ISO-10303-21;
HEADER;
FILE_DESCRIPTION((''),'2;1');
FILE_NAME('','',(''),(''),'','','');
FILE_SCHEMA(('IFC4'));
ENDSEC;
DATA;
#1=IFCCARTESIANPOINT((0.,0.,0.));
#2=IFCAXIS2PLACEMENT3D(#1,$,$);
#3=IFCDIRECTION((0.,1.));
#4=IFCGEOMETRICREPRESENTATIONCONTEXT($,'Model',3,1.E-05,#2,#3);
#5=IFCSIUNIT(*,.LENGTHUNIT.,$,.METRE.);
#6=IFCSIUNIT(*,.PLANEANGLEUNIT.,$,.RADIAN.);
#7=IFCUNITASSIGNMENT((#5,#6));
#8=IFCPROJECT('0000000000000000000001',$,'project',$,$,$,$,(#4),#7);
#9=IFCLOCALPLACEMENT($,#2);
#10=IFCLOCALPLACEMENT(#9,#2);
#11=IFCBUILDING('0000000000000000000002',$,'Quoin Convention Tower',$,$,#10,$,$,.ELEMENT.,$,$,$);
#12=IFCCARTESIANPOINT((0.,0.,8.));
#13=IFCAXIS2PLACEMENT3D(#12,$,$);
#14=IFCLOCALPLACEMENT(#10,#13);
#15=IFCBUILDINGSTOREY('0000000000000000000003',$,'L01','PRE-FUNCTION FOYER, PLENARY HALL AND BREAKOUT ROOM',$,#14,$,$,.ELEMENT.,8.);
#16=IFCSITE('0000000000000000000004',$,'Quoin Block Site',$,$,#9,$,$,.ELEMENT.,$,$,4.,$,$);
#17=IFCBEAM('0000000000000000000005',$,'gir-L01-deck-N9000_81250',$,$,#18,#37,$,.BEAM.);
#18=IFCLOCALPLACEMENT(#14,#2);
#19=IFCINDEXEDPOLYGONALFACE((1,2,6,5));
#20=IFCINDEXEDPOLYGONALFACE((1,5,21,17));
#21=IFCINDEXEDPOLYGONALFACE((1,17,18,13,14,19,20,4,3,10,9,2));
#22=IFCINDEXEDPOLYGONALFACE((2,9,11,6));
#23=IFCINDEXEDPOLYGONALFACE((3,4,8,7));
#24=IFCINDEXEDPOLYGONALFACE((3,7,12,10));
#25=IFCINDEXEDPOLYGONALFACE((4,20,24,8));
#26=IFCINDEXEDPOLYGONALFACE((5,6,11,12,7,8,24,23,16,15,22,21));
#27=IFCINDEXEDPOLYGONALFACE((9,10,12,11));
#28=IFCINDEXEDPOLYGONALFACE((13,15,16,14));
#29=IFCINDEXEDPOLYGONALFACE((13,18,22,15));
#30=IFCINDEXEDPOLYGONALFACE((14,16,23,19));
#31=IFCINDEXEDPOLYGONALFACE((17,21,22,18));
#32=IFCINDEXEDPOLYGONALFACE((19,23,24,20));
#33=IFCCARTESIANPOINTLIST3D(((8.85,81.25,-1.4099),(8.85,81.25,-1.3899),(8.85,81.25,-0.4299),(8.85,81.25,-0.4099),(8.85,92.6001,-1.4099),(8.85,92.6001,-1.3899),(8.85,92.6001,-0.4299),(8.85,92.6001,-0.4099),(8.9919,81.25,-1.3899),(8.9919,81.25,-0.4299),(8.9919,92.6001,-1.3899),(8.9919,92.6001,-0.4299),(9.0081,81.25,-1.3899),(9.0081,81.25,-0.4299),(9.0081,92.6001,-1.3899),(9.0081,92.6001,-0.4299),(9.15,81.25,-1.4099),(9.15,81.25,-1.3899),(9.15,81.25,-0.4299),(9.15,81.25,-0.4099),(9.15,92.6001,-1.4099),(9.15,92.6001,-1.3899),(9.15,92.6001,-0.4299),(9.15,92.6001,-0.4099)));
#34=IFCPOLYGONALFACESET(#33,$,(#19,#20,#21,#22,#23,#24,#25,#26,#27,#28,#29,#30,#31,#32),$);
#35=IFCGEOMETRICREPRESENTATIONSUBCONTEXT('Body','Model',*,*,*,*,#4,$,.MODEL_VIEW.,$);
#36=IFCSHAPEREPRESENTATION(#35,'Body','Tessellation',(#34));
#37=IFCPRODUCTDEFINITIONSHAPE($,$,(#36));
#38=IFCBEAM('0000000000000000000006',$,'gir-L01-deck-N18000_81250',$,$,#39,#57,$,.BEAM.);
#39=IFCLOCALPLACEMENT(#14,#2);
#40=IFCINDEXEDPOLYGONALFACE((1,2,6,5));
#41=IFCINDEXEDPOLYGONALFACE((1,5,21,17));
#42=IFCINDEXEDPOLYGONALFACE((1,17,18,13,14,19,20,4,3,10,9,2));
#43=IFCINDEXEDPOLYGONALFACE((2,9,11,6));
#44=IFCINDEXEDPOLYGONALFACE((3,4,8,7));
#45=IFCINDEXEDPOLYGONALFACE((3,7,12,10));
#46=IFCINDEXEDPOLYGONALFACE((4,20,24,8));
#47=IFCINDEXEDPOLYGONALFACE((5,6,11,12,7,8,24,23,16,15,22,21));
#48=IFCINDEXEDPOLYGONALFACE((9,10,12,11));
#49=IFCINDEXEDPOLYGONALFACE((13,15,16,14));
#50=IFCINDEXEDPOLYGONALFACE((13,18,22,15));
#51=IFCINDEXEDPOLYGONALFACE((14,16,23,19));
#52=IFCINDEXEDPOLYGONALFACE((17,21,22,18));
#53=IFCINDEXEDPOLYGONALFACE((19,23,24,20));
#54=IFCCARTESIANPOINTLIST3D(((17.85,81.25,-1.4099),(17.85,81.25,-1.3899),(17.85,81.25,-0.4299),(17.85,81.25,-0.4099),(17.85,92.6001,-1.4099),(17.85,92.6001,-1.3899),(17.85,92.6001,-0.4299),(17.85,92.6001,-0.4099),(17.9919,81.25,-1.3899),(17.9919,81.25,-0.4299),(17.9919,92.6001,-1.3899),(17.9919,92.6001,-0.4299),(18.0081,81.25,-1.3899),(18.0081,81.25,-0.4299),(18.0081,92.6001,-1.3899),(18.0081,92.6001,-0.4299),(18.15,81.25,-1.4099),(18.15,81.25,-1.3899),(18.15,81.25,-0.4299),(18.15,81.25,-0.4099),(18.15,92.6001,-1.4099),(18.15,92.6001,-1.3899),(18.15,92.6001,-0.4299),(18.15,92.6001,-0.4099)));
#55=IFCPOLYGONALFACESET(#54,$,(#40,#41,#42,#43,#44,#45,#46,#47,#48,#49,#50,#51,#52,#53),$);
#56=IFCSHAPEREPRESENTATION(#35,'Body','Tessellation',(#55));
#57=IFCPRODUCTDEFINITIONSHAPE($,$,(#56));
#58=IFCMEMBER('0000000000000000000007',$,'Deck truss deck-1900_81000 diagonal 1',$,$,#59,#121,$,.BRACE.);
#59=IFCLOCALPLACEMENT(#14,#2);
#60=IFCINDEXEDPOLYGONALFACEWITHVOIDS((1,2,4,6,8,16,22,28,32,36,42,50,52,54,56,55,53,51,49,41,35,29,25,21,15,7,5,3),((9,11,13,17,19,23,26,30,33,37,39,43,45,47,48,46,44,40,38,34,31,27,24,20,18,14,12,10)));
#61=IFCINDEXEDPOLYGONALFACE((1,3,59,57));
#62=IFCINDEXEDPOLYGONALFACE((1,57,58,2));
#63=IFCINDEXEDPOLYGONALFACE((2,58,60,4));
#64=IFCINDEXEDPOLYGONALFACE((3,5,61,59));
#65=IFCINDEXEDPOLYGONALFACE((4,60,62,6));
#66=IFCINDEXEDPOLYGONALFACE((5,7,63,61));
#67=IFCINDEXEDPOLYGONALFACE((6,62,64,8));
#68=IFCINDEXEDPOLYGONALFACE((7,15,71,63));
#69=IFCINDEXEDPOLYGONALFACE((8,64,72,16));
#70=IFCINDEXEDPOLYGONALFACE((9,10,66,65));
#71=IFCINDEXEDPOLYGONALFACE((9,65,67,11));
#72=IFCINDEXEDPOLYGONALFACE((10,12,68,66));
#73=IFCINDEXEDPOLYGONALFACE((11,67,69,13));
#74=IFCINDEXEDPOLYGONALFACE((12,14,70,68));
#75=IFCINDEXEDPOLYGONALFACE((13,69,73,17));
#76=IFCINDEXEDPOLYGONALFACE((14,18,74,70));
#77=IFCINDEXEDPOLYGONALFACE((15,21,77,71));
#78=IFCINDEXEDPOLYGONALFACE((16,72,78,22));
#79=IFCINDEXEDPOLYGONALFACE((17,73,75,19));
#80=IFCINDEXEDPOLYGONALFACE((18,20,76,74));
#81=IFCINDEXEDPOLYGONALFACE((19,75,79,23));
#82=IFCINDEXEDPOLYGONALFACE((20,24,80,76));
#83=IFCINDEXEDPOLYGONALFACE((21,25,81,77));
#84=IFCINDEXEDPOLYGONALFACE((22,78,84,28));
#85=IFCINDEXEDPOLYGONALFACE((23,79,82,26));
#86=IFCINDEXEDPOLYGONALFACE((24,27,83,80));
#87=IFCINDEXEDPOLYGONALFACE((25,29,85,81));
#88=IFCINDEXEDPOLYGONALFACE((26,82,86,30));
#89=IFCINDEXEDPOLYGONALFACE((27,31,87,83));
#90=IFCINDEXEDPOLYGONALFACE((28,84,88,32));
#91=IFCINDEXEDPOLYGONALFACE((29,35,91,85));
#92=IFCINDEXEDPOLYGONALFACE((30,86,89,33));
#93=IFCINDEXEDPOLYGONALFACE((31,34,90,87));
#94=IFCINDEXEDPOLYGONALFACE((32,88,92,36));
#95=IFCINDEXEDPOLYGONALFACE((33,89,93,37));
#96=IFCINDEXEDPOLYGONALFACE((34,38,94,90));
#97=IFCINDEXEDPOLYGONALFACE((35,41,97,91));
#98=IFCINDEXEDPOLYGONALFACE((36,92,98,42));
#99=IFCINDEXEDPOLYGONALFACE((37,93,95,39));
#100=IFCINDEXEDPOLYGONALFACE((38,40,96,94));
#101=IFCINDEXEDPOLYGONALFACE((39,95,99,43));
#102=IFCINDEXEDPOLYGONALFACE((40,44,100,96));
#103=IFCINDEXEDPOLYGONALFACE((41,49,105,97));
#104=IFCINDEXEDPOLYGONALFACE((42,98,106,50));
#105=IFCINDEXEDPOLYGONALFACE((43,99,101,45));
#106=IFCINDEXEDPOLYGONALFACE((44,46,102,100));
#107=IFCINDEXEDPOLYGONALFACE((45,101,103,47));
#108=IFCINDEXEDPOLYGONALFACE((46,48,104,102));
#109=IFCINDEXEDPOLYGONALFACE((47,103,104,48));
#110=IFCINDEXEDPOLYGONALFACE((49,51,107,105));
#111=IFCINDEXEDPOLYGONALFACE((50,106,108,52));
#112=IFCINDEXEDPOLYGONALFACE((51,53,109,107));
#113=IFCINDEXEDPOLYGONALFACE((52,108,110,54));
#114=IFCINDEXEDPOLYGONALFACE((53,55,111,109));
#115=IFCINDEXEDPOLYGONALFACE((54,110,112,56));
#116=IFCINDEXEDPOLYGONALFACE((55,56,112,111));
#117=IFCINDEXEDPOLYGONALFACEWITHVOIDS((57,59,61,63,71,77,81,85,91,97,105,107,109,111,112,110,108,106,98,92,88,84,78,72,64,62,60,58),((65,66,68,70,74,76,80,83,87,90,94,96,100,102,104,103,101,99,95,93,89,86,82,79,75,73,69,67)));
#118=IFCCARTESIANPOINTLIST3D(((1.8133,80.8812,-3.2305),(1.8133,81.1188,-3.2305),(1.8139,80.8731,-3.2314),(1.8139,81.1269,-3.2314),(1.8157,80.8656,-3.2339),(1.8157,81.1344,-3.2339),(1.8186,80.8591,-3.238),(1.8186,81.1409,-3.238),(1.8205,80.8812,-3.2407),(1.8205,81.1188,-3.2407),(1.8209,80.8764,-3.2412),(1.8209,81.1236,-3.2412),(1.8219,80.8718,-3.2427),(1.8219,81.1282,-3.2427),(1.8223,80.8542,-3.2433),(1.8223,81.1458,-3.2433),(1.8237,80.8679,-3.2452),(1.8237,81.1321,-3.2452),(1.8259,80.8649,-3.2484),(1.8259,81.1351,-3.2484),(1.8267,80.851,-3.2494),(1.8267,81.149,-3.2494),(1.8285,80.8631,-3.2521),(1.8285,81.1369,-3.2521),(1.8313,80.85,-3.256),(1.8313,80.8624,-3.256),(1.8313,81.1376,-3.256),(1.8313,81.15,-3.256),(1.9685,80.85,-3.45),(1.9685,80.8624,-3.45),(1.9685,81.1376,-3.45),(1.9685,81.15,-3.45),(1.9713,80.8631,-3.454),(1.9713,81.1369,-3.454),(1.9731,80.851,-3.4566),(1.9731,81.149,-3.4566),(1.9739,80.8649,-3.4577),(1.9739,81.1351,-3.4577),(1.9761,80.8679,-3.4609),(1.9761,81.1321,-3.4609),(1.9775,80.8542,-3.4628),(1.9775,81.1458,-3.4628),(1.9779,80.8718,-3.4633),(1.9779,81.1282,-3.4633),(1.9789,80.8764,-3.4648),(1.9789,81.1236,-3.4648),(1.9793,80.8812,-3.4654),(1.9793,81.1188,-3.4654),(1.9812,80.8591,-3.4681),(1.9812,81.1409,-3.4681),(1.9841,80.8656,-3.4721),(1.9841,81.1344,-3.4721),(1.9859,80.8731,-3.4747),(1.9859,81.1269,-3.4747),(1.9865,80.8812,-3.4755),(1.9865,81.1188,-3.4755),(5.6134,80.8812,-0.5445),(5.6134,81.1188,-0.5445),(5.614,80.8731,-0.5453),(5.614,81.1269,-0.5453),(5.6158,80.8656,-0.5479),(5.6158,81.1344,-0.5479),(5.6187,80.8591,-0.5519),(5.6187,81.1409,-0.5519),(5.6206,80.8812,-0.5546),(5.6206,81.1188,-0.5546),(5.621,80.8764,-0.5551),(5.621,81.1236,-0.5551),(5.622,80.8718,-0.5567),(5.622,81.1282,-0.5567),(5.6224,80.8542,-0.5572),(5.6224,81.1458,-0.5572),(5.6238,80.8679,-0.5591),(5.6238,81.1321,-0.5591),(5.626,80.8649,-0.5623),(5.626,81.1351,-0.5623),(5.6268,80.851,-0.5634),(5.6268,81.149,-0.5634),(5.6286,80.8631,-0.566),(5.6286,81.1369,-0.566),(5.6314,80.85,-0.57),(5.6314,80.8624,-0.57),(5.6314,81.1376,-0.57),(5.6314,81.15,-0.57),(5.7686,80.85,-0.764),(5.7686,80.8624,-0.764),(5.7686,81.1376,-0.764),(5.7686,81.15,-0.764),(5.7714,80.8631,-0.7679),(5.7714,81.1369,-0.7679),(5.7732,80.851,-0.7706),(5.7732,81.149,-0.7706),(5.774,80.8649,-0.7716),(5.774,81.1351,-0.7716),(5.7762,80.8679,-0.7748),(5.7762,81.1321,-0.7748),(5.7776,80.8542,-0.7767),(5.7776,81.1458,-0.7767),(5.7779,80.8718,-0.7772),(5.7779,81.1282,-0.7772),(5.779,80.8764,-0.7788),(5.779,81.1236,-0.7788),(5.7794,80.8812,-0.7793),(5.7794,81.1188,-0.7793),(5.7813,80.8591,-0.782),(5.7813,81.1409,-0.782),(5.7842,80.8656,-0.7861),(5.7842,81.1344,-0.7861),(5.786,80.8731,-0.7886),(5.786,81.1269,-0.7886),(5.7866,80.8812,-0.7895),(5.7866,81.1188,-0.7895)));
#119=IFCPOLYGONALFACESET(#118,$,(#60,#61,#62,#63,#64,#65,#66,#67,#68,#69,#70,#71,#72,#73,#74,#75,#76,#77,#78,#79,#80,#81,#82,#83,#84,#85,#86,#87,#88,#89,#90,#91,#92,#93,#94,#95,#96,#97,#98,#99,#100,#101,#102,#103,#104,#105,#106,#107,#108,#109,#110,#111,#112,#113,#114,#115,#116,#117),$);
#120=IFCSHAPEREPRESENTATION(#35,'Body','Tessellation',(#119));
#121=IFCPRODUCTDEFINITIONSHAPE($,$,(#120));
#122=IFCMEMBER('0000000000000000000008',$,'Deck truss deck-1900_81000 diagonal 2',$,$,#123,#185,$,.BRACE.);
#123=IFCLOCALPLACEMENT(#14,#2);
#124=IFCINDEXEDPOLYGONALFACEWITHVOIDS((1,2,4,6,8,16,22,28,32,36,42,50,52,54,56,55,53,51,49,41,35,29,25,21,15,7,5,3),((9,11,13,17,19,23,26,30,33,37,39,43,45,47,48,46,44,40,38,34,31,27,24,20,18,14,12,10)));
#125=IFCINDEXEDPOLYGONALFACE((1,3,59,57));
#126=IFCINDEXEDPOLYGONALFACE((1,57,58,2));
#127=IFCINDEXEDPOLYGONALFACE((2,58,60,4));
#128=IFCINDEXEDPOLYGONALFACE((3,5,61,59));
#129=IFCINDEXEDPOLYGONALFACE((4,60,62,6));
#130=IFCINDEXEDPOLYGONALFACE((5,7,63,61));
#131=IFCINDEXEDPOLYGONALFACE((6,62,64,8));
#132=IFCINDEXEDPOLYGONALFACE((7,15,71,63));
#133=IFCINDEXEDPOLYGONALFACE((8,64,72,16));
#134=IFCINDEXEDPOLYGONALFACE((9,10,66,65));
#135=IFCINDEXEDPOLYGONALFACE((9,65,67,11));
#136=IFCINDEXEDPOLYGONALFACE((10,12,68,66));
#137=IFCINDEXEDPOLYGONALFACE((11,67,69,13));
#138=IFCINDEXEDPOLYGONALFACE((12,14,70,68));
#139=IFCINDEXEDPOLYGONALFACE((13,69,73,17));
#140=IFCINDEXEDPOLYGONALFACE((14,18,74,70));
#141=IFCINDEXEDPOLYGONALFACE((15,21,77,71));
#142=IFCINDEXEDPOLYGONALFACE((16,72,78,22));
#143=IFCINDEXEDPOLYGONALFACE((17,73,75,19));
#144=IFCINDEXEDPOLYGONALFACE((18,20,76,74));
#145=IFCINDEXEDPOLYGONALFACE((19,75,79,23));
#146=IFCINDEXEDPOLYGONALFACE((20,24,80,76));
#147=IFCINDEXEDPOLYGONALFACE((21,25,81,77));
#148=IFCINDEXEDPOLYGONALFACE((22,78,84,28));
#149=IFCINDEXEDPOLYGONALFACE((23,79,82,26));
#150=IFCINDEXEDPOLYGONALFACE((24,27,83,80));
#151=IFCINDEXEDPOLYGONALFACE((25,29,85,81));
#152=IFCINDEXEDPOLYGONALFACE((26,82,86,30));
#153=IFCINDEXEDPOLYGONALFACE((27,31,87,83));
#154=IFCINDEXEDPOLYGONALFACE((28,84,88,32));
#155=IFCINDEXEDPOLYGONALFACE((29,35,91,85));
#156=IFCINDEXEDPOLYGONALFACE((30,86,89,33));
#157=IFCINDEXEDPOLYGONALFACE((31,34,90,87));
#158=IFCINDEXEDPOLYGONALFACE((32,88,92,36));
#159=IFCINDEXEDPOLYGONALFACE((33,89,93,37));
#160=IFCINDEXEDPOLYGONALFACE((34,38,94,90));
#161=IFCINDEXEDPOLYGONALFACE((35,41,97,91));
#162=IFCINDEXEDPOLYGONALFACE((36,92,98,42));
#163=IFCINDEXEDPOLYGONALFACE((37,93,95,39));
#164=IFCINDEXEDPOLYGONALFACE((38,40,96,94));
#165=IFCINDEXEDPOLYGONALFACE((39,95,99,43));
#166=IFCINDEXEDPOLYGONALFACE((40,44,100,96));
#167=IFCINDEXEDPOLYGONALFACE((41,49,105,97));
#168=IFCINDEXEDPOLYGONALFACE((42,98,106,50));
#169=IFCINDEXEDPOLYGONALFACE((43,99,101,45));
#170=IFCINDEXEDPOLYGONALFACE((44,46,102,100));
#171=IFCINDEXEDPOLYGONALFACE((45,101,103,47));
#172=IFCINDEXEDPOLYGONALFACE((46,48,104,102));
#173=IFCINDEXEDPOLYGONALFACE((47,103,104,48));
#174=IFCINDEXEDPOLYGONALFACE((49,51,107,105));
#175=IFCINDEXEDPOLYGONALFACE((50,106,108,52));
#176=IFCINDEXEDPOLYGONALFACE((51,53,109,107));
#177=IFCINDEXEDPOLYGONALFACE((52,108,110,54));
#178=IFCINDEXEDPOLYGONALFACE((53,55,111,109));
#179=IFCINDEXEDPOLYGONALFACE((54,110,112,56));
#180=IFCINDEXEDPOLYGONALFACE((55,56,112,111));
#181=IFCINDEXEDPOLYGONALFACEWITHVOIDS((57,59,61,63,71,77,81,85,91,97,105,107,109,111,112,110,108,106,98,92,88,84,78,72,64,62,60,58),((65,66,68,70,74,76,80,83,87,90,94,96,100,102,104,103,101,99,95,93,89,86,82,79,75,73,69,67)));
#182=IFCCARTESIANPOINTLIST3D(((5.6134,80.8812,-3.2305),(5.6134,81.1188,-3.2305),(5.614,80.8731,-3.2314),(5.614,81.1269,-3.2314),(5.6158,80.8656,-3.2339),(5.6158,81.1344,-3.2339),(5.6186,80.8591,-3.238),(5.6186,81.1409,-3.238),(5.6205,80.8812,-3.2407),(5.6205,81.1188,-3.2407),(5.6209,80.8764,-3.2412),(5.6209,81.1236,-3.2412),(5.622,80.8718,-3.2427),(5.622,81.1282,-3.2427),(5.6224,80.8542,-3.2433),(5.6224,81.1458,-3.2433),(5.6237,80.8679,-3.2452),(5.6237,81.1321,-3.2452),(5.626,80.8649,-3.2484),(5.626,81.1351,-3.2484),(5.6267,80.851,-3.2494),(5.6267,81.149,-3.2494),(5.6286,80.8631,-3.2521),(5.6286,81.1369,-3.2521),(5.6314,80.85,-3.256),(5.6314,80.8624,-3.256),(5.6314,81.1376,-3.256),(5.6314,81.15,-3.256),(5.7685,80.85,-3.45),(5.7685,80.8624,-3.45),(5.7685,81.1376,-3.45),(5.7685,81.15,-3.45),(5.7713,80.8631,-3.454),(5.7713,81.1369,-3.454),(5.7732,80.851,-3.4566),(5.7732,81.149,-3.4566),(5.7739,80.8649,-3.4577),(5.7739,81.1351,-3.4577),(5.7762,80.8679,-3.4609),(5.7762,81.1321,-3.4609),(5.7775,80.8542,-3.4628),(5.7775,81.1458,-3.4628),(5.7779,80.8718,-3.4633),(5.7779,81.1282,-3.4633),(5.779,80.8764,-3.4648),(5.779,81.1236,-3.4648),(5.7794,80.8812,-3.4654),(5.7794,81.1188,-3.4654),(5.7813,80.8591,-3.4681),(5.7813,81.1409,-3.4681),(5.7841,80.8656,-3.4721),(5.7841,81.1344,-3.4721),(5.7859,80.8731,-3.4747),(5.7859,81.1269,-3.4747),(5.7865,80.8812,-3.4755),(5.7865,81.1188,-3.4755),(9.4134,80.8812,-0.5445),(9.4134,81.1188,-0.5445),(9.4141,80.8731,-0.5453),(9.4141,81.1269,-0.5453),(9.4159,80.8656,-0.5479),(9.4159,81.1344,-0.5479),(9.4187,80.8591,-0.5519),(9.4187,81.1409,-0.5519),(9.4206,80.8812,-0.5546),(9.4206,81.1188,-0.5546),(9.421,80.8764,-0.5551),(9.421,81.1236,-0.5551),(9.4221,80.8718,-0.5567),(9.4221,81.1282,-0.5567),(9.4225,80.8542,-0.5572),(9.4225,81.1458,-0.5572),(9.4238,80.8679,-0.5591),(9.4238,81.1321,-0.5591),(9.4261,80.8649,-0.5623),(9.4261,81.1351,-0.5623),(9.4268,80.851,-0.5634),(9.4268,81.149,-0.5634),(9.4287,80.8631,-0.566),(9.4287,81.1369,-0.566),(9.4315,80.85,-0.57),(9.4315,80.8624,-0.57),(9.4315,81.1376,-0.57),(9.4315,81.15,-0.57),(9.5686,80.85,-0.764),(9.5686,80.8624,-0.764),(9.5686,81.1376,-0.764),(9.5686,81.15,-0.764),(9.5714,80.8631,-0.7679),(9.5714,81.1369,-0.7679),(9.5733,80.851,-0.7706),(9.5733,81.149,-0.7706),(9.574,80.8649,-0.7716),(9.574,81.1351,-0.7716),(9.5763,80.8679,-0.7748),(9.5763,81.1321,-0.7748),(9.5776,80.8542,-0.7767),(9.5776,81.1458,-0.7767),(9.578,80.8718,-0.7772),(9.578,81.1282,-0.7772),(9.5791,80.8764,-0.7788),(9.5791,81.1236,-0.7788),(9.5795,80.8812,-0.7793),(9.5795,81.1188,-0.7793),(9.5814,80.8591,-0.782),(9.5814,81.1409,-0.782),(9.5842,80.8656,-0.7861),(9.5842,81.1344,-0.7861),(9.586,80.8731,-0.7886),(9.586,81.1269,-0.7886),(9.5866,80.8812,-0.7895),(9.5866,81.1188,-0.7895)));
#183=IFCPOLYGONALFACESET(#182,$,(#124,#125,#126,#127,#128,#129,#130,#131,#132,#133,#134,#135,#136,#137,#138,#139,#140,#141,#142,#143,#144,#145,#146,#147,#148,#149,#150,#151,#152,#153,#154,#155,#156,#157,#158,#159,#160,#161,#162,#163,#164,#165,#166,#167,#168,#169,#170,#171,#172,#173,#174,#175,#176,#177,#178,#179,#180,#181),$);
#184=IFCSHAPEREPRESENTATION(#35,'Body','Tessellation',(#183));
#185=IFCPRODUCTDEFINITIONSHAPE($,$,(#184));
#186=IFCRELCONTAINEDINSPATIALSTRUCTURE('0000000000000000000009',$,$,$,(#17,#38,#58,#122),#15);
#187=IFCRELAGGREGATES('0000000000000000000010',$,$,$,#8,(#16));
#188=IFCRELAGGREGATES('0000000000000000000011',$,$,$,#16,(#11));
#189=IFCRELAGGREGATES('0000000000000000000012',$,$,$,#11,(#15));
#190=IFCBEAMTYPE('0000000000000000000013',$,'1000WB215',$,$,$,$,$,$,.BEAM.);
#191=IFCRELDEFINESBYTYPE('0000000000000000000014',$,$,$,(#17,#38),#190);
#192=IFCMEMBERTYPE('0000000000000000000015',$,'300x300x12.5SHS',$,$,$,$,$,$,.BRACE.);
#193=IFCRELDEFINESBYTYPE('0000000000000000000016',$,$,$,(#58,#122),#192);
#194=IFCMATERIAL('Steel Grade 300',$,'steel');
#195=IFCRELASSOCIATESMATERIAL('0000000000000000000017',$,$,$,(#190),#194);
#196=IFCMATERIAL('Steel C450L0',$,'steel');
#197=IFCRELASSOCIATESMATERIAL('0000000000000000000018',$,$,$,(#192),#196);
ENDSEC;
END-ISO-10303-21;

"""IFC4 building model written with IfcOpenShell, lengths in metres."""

from ifc_helpers import new_model, si_unit, direction, frame, origin, origin_2d, place, context, subcontext, project, spatial, hollow_rectangle, i_section, extrude, material, material_profile, profile_set, type_object, element, save


model = new_model("IFC4")

# Units and contexts
model_context = context("Model", 3, precision=1e-05, world=origin(), true_north=direction((0.0, 1.0)))
body_context = subcontext(model_context, "Body", "Model", "MODEL_VIEW")
ifc_project = project(units=[si_unit("LENGTHUNIT", "METRE"), si_unit("PLANEANGLEUNIT", "RADIAN")], contexts=[model_context])

# Site, building, storey
site_placement = place(None, origin())
site = spatial("IfcSite", under=ifc_project, at=site_placement, Name="Quoin Block Site", CompositionType="ELEMENT", RefElevation=4.0)
building_placement = place(site_placement, origin())
building = spatial("IfcBuilding", under=site, at=building_placement, Name="Quoin Convention Tower", CompositionType="ELEMENT")
storey_placement = place(building_placement, frame((0.0, 0.0, 8.0)))
storey = spatial("IfcBuildingStorey", under=building, at=storey_placement, Name="L01", Description="PRE-FUNCTION FOYER, PLENARY HALL AND BREAKOUT ROOM", CompositionType="ELEMENT", Elevation=8.0)

# Beams
ifc_material_1 = material(Name="Steel Grade 300", Category="steel")
ifc_material_profile_1 = material_profile(ifc_material_1, i_section(OverallWidth=0.3, OverallDepth=1.0, WebThickness=0.0161, FlangeThickness=0.02, at=origin_2d()), Name="1000WB215")
ifc_profile_set_1 = profile_set([ifc_material_profile_1], Name="Steel Grade 300")
beam_type_1 = type_object("IfcBeamType", Name="1000WB215", PredefinedType="BEAM", material=ifc_profile_set_1)
for number, where, z_axis, x_axis, name in (
    (1, (9.0, 81.25, -0.9099), (0.0, 1.0, 0.0), (-1.0, 0.0, 0.0), "gir-L01-deck-N9000_81250"),
    (2, (18.0, 81.25, -0.9099), (0.0, 1.0, 0.0), (-1.0, 0.0, 0.0), "gir-L01-deck-N18000_81250"),
):
    element("IfcBeam", number, at=place(storey_placement, frame(where, z_axis=z_axis, x_axis=x_axis)), inside=storey, type_object=beam_type_1, Name=name, PredefinedType="BEAM", context=body_context, shape_type="SweptSolid", body=[
        extrude(i_section(OverallWidth=0.3, OverallDepth=1.0, WebThickness=0.0161, FlangeThickness=0.02, at=origin_2d()), origin(), (0.0, 0.0, 1.0), 11.3501),
    ])

# Members
ifc_material_2 = material(Name="Steel C450L0", Category="steel")
ifc_material_profile_2 = material_profile(ifc_material_2, hollow_rectangle(XDim=0.3, YDim=0.3, WallThickness=0.0125, InnerFilletRadius=0.0188, OuterFilletRadius=0.0312, at=origin_2d()), Name="300x300x12.5SHS")
ifc_profile_set_2 = profile_set([ifc_material_profile_2], Name="Steel C450L0")
member_type_1 = type_object("IfcMemberType", Name="300x300x12.5SHS", PredefinedType="BRACE", material=ifc_profile_set_2)
for number, where, z_axis, x_axis, name in (
    (3, (1.8999, 81.0, -3.353), (0.816598, 0.0, 0.577206), (0.0, 1.0, 0.0), "Deck truss deck-1900_81000 diagonal 1"),
    (4, (5.7, 81.0, -3.353), (0.816598, 0.0, 0.577206), (0.0, 1.0, 0.0), "Deck truss deck-1900_81000 diagonal 2"),
):
    element("IfcMember", number, at=place(storey_placement, frame(where, z_axis=z_axis, x_axis=x_axis)), inside=storey, type_object=member_type_1, Name=name, PredefinedType="BRACE", context=body_context, shape_type="SweptSolid", body=[
        extrude(hollow_rectangle(XDim=0.3, YDim=0.3, WallThickness=0.0125, InnerFilletRadius=0.0188, OuterFilletRadius=0.0312, at=origin_2d()), origin(), (0.0, 0.0, 1.0), 4.6536),
    ])

save(model, "model.ifc")
